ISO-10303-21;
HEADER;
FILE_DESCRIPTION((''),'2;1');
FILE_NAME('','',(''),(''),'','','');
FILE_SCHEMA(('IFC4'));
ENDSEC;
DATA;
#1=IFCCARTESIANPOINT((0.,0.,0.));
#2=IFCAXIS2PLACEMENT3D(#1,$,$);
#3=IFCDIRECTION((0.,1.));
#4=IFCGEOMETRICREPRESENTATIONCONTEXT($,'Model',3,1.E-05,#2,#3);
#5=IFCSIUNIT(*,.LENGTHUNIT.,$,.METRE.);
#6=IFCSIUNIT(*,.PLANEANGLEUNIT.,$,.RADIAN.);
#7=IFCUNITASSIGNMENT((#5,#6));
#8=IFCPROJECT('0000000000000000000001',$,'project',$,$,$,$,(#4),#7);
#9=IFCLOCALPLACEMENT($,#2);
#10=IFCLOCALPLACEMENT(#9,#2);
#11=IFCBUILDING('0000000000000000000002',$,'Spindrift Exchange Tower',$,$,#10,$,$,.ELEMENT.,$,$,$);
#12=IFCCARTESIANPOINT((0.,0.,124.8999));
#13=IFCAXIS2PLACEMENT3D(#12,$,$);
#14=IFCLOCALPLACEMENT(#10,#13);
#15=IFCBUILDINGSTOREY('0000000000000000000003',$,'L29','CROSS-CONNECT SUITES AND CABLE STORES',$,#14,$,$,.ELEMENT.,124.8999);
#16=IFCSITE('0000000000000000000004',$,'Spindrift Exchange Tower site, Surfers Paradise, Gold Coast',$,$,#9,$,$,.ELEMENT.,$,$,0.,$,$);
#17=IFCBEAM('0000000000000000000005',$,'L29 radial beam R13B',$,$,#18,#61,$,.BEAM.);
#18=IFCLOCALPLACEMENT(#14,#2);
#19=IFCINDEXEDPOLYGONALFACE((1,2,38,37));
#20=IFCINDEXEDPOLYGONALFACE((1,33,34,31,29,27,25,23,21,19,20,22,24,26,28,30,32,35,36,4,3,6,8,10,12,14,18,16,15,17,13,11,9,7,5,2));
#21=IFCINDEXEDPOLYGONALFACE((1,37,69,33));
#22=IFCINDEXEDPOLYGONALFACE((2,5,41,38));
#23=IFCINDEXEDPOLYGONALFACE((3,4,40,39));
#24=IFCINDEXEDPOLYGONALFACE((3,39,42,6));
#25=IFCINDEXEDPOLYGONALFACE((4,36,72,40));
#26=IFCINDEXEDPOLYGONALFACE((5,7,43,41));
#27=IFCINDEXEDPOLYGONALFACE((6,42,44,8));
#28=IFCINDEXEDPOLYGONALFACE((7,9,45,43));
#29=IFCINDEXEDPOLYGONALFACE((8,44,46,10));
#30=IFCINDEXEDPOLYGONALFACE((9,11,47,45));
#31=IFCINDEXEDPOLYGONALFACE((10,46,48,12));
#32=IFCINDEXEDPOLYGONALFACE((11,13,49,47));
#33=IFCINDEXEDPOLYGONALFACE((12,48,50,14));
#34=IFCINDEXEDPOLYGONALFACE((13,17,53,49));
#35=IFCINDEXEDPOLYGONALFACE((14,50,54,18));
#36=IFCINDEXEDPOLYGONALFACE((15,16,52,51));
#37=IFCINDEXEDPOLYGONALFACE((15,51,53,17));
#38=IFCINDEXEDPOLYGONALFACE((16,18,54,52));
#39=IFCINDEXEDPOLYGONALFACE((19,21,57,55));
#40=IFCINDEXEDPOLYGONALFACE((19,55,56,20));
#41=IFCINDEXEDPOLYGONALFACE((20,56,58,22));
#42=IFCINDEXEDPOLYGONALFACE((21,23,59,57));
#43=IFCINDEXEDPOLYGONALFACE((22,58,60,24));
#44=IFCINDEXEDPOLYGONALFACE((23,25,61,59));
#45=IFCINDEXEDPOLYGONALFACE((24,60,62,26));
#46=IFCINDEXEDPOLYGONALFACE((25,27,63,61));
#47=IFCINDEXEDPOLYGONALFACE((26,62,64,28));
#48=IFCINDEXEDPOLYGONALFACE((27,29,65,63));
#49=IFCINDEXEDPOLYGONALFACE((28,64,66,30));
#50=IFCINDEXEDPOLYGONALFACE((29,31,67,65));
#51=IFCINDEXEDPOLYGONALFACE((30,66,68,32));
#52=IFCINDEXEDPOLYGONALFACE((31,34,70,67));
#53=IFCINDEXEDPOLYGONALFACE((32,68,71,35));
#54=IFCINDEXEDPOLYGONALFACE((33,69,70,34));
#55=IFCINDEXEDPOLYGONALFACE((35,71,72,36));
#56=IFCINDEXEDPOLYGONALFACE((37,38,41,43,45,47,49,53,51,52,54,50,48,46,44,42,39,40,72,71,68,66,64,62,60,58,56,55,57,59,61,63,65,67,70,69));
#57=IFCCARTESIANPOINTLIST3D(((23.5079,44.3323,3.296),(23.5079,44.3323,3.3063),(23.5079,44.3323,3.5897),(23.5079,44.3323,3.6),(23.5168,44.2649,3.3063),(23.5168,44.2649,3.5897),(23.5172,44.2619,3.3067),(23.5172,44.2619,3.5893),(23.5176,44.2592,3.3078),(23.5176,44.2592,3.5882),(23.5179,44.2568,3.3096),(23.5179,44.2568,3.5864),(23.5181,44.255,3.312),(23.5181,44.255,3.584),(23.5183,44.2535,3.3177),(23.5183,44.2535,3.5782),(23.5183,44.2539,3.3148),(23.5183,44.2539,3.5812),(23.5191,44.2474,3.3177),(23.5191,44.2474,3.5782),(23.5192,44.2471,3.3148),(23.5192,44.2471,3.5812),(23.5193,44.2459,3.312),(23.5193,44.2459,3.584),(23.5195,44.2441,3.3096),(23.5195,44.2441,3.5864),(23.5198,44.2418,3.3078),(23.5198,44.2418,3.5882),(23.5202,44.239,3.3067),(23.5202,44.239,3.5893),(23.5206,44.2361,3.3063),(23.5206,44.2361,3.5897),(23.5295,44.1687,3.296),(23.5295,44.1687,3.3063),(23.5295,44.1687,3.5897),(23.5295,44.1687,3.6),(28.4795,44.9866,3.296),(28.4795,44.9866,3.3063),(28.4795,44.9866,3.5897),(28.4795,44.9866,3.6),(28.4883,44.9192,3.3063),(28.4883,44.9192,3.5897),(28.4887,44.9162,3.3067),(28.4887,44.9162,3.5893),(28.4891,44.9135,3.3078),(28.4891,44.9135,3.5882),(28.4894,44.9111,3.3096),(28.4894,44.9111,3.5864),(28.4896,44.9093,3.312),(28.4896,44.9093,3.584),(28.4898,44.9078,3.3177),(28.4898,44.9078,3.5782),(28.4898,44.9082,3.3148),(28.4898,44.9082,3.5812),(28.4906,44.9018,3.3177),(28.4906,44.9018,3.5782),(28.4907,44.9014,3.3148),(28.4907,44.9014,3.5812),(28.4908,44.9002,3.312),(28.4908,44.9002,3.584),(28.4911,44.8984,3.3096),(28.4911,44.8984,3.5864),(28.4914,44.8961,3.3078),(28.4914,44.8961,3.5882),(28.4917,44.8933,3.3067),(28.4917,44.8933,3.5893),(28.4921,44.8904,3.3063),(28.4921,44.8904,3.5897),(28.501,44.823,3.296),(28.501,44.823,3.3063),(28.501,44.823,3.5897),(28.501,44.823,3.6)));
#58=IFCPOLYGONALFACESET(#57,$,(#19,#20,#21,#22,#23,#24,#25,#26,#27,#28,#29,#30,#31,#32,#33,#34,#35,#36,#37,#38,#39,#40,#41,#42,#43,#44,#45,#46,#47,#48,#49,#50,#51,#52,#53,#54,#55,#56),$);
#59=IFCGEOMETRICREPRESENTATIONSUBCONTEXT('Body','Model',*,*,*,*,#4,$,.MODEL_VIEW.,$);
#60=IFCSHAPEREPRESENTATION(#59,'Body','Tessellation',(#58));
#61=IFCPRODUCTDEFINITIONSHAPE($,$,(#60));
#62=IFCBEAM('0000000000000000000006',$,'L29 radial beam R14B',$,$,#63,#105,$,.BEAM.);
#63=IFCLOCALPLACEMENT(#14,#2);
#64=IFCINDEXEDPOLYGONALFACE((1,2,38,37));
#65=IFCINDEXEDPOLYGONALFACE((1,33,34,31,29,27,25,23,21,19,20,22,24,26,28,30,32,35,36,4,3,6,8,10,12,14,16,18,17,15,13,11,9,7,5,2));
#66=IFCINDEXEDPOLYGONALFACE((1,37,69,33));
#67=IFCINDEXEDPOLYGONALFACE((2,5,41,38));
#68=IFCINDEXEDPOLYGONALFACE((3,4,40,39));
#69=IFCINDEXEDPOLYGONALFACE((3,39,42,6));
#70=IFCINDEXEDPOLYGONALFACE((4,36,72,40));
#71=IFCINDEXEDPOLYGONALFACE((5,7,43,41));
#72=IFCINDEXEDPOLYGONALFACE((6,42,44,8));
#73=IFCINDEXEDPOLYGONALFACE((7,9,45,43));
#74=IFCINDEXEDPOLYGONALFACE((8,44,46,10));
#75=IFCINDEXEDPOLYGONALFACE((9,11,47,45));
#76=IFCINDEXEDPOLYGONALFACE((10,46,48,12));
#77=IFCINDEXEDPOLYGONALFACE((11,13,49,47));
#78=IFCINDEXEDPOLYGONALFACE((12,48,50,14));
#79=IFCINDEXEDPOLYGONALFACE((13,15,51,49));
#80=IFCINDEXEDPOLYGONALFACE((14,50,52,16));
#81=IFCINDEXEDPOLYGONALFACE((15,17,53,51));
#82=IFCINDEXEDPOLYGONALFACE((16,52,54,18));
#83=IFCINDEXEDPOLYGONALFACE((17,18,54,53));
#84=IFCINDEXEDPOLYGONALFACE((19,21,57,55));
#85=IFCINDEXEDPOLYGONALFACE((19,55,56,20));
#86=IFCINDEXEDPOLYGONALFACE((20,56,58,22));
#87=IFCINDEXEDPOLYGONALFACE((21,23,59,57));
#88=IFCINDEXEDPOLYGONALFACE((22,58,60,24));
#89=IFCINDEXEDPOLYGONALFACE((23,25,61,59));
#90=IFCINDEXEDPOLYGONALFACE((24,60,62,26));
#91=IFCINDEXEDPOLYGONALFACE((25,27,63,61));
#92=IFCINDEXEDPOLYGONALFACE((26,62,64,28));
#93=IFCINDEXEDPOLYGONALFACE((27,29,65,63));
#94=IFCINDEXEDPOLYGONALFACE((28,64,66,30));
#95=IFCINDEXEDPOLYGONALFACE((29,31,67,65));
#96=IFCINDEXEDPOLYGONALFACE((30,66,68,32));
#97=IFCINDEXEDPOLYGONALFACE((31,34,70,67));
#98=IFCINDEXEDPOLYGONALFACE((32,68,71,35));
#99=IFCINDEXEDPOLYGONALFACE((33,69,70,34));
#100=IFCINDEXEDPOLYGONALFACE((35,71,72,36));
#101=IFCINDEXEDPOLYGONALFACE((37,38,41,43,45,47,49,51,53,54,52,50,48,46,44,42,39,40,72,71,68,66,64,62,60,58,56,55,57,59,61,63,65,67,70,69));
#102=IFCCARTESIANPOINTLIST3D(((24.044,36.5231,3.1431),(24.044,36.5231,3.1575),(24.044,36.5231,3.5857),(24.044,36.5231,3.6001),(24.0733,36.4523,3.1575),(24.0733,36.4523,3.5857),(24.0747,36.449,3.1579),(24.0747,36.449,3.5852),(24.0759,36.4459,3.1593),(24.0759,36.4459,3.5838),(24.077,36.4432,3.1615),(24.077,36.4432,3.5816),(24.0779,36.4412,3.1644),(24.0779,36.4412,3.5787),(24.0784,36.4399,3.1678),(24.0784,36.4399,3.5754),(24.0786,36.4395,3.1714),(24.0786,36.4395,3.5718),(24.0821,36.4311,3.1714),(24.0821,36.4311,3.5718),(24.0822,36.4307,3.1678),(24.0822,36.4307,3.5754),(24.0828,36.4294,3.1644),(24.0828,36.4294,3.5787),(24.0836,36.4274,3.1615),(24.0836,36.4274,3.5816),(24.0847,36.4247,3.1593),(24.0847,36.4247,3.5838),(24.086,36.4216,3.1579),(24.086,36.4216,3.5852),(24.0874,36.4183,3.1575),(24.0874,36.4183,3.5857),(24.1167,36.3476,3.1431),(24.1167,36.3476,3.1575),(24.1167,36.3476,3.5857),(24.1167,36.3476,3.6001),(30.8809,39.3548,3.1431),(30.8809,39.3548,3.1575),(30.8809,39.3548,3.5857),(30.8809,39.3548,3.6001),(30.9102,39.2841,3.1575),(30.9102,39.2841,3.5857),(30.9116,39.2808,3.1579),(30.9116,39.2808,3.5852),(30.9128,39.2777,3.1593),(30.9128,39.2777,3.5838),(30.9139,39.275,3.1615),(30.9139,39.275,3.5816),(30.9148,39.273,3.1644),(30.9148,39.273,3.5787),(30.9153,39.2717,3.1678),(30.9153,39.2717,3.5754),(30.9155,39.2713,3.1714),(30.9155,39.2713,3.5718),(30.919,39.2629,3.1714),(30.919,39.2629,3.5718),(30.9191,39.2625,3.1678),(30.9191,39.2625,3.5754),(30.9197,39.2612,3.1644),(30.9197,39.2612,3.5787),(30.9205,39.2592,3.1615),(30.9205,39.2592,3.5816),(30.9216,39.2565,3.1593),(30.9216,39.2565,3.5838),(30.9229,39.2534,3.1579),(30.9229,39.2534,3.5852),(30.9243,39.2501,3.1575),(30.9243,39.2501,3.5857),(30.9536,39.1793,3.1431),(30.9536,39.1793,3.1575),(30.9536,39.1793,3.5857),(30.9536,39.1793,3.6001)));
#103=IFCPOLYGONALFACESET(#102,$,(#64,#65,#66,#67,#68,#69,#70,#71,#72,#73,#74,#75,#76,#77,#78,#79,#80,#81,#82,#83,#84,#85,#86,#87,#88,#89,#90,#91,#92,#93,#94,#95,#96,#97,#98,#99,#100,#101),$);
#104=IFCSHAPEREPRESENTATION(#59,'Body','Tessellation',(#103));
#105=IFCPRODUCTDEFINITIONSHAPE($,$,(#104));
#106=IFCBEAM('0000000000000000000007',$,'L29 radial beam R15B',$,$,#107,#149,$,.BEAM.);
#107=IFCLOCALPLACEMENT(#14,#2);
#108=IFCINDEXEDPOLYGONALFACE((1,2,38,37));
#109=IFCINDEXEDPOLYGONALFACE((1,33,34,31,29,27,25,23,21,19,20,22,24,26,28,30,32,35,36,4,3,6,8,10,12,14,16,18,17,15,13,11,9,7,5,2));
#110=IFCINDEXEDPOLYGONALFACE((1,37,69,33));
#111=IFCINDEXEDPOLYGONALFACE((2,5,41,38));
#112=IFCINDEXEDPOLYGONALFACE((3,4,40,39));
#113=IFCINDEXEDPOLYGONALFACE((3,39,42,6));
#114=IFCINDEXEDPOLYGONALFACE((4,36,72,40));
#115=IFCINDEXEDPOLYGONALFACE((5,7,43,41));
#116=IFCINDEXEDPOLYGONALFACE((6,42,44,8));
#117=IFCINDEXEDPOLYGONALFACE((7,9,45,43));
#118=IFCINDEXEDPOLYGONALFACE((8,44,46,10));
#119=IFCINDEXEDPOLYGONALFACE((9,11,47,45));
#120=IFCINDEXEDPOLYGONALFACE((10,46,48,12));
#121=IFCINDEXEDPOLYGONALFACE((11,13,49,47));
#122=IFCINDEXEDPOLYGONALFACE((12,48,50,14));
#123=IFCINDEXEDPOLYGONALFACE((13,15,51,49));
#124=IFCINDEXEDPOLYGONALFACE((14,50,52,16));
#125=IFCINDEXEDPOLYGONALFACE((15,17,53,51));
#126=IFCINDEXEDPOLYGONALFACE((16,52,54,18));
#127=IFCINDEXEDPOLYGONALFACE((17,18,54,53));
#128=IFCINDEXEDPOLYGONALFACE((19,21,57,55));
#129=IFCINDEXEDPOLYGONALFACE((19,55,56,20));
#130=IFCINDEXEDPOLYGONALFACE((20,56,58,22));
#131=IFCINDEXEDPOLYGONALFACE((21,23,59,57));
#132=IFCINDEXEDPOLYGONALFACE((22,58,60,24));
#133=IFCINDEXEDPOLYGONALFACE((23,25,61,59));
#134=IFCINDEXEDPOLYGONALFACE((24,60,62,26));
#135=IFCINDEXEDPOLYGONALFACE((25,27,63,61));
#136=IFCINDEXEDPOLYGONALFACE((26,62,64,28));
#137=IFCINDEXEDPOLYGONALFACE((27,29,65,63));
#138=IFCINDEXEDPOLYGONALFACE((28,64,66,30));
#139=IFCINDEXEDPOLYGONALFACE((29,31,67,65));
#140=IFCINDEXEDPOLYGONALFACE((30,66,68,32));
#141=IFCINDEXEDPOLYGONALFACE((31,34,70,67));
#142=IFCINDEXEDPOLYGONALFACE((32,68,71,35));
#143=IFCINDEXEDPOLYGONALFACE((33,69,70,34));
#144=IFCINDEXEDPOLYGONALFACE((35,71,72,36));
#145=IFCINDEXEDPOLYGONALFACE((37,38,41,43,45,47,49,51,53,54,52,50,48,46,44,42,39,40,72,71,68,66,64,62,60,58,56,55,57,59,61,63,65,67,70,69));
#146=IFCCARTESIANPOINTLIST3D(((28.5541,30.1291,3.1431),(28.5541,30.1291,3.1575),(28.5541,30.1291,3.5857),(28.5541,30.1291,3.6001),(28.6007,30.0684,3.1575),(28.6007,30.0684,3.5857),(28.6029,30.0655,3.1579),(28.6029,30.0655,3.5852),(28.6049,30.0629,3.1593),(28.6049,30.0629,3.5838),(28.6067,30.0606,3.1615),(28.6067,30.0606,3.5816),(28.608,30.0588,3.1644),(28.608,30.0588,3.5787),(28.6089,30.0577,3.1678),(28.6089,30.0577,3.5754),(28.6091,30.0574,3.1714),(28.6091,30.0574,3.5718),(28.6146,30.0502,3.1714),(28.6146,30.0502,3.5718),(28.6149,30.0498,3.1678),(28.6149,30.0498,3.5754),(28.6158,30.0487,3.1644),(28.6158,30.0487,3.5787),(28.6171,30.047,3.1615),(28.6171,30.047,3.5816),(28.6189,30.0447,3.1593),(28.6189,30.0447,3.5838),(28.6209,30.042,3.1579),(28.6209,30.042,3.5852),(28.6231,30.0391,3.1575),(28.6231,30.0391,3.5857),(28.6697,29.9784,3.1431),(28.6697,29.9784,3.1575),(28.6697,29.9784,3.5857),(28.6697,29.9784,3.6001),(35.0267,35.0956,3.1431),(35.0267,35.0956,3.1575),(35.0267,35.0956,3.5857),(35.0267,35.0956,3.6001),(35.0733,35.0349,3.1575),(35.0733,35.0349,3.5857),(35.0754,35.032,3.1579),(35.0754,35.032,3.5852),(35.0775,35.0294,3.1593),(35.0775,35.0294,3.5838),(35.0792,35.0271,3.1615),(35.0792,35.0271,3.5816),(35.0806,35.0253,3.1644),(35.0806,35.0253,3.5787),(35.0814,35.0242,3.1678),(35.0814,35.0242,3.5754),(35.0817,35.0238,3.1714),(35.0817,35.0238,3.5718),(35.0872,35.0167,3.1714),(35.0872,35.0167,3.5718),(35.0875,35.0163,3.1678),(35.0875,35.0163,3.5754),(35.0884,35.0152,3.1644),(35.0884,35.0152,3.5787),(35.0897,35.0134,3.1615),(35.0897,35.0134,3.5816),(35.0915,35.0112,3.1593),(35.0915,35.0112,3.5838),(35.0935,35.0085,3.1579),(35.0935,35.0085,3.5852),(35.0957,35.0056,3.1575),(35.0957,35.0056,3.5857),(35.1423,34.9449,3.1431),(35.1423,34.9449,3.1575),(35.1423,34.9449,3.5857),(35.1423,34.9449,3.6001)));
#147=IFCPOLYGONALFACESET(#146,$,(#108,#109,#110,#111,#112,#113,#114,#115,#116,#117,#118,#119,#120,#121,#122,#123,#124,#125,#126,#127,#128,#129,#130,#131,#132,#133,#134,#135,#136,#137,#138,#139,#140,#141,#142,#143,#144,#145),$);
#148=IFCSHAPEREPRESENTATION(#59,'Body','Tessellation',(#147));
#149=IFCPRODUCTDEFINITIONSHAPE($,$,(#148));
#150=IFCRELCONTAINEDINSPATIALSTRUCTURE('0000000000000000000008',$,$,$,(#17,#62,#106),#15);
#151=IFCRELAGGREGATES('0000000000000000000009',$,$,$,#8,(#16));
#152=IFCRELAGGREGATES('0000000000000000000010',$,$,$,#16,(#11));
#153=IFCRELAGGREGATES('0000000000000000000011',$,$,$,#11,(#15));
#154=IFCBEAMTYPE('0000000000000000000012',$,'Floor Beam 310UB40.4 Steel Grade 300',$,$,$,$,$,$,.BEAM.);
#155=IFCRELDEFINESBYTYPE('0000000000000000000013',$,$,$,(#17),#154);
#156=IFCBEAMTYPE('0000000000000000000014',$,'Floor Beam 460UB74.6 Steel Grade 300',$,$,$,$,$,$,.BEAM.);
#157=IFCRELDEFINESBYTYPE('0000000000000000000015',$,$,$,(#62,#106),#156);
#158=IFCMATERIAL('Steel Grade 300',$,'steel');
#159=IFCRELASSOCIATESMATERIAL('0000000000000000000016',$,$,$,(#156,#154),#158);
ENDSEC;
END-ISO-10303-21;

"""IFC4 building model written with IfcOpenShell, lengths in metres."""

from ifc_helpers import new_model, si_unit, direction, frame, origin, origin_2d, place, context, subcontext, project, spatial, i_section, extrude, source, transform, mapped, material, material_profile, profile_set, type_object, element, save


model = new_model("IFC4")

# Units and contexts
model_context = context("Model", 3, precision=1e-05, world=origin(), true_north=direction((0.0, 1.0)))
body_context = subcontext(model_context, "Body", "Model", "MODEL_VIEW")
ifc_project = project(units=[si_unit("LENGTHUNIT", "METRE"), si_unit("PLANEANGLEUNIT", "RADIAN")], contexts=[model_context])

# Site, building, storey
site_placement = place(None, origin())
site = spatial("IfcSite", under=ifc_project, at=site_placement, Name="Spindrift Exchange Tower site, Surfers Paradise, Gold Coast", CompositionType="ELEMENT", RefElevation=0.0)
building_placement = place(site_placement, origin())
building = spatial("IfcBuilding", under=site, at=building_placement, Name="Spindrift Exchange Tower", CompositionType="ELEMENT")
storey_placement = place(building_placement, frame((0.0, 0.0, 124.8999)))
storey = spatial("IfcBuildingStorey", under=building, at=storey_placement, Name="L29", Description="CROSS-CONNECT SUITES AND CABLE STORES", CompositionType="ELEMENT", Elevation=124.8999)

# Beams
ifc_material_1 = material(Name="Steel Grade 300", Category="steel")
ifc_material_profile_1 = material_profile(ifc_material_1, i_section(OverallWidth=0.1899, OverallDepth=0.457, WebThickness=0.009, FlangeThickness=0.0144, FilletRadius=0.0139, at=origin_2d()), Name="460UB74.6")
ifc_profile_set_1 = profile_set([ifc_material_profile_1], Name="Steel Grade 300")
beam_type_1 = type_object("IfcBeamType", Name="Floor Beam 460UB74.6 Steel Grade 300", PredefinedType="BEAM", material=ifc_profile_set_1)
ifc_material_profile_2 = material_profile(ifc_material_1, i_section(OverallWidth=0.165, OverallDepth=0.304, WebThickness=0.0061, FlangeThickness=0.0103, FilletRadius=0.0115, at=origin_2d()), Name="310UB40.4")
ifc_profile_set_2 = profile_set([ifc_material_profile_2], Name="Steel Grade 300")
beam_type_2 = type_object("IfcBeamType", Name="Floor Beam 310UB40.4 Steel Grade 300", PredefinedType="BEAM", material=ifc_profile_set_2)
shared_shape_1 = source(origin(), body_context, "Body", "SweptSolid", [
    extrude(i_section(OverallWidth=0.165, OverallDepth=0.304, WebThickness=0.0061, FlangeThickness=0.0103, FilletRadius=0.0115, at=origin_2d()), origin(), (0.0, 0.0, 1.0), 5.0144),
])
beam_1_placement = place(storey_placement, frame((28.4902, 44.9048, 3.448), z_axis=(-0.99145, -0.130486, 0.0), x_axis=(0.130486, -0.99145, 0.0)))
element("IfcBeam", 1, at=beam_1_placement, inside=storey, type_object=beam_type_2, Name="L29 radial beam R13B", PredefinedType="BEAM", context=body_context, shape_type="MappedRepresentation", body=[
    mapped(shared_shape_1, transform((0.0, 0.0, 0.0), scale=1.0)),
])
shared_shape_2 = source(origin(), body_context, "Body", "SweptSolid", [
    extrude(i_section(OverallWidth=0.1899, OverallDepth=0.457, WebThickness=0.009, FlangeThickness=0.0144, FilletRadius=0.0139, at=origin_2d()), origin(), (0.0, 0.0, 1.0), 7.4001),
])
beam_2_placement = place(storey_placement, frame((30.9172, 39.2671, 3.3716), z_axis=(-0.923887, -0.382666, 0.0), x_axis=(0.382666, -0.923887, 0.0)))
element("IfcBeam", 2, at=beam_2_placement, inside=storey, type_object=beam_type_1, Name="L29 radial beam R14B", PredefinedType="BEAM", context=body_context, shape_type="MappedRepresentation", body=[
    mapped(shared_shape_2, transform((0.0, 0.0, 0.0), scale=1.0)),
])
shared_shape_3 = source(origin(), body_context, "Body", "SweptSolid", [
    extrude(i_section(OverallWidth=0.1899, OverallDepth=0.457, WebThickness=0.009, FlangeThickness=0.0144, FilletRadius=0.0139, at=origin_2d()), origin(), (0.0, 0.0, 1.0), 8.1584),
])
beam_3_placement = place(storey_placement, frame((35.0845, 35.0203, 3.3716), z_axis=(-0.793359, -0.608754, 0.0), x_axis=(0.608754, -0.793359, 0.0)))
element("IfcBeam", 3, at=beam_3_placement, inside=storey, type_object=beam_type_1, Name="L29 radial beam R15B", PredefinedType="BEAM", context=body_context, shape_type="MappedRepresentation", body=[
    mapped(shared_shape_3, transform((0.0, 0.0, 0.0), scale=1.0)),
])

save(model, "model.ifc")
